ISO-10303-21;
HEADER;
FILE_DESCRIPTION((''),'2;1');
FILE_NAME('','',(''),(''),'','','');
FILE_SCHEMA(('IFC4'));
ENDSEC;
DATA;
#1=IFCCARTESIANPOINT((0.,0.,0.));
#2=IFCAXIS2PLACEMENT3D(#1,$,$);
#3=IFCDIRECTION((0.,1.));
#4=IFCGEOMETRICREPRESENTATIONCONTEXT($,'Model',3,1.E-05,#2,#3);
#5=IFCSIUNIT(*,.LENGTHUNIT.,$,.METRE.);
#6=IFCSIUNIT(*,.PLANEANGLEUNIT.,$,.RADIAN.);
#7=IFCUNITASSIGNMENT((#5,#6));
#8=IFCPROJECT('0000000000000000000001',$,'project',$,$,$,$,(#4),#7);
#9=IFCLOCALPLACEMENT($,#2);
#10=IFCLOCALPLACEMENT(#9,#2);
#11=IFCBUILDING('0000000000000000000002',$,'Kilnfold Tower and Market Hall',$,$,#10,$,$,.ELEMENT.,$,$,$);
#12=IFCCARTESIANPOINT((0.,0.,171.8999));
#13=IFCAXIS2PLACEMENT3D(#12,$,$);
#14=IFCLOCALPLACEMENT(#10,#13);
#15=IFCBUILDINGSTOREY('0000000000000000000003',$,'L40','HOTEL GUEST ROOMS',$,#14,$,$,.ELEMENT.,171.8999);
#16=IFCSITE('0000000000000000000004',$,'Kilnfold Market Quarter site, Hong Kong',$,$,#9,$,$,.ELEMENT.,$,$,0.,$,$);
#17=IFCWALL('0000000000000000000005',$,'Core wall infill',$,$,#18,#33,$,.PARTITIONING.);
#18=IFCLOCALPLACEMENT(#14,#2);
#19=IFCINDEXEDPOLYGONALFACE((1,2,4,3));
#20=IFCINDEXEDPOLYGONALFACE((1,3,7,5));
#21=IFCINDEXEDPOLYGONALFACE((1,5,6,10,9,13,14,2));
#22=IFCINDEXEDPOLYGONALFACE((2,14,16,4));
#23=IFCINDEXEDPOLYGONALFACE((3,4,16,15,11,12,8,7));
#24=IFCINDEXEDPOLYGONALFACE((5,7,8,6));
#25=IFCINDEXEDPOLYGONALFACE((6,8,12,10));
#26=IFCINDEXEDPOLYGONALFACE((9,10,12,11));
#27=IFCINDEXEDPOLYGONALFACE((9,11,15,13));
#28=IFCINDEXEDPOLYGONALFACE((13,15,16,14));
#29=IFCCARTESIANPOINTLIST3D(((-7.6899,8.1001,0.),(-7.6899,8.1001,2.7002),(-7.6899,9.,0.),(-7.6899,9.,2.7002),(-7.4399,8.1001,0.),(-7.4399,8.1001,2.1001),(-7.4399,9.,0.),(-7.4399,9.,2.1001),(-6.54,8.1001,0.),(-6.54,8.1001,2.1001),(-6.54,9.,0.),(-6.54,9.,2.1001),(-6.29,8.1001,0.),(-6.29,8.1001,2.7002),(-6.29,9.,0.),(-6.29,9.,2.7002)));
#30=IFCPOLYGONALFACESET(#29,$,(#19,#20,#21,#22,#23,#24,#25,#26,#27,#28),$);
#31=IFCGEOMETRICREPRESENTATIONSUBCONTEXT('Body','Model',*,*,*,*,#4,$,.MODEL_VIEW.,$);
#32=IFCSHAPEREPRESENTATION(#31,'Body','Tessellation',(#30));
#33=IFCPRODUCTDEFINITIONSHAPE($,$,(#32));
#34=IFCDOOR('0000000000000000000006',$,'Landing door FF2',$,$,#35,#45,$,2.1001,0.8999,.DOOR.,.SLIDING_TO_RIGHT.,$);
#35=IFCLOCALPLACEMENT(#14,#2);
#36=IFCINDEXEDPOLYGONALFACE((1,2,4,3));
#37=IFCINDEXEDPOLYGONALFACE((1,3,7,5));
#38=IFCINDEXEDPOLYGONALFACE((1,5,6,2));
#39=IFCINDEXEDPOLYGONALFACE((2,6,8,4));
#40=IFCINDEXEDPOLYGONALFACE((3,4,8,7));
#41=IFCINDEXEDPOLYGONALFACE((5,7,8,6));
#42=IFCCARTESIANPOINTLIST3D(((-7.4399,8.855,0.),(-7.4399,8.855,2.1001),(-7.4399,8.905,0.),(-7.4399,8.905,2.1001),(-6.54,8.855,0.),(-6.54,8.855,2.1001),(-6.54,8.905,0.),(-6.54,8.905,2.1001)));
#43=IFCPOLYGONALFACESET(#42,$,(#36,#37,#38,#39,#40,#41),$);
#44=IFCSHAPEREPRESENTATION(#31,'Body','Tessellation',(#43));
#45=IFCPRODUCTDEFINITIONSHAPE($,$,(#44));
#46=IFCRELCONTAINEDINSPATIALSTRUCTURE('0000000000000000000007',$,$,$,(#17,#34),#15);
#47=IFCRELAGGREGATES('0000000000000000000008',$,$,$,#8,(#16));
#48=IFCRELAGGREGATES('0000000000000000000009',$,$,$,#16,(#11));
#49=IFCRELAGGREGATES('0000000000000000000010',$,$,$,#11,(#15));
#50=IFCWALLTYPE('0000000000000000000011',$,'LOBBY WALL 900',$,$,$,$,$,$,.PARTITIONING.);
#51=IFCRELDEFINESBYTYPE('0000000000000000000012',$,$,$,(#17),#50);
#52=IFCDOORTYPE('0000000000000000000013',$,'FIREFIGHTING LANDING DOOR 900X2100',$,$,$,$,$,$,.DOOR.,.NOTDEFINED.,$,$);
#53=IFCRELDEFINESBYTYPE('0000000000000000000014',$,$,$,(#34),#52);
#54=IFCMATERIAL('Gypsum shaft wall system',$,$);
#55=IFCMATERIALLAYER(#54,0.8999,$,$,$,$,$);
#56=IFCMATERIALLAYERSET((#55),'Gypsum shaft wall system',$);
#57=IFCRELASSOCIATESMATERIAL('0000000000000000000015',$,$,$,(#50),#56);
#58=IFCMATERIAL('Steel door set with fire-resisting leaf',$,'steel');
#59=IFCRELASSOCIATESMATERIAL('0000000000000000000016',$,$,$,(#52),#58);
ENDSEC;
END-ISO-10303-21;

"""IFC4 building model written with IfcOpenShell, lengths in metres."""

from ifc_helpers import new_model, si_unit, direction, frame, frame_2d, origin, place, context, subcontext, project, spatial, rectangle, extrude, source, transform, mapped, material, layer, layer_set, type_object, element, fill, save


model = new_model("IFC4")

# Units and contexts
model_context = context("Model", 3, precision=1e-05, world=origin(), true_north=direction((0.0, 1.0)))
body_context = subcontext(model_context, "Body", "Model", "MODEL_VIEW")
ifc_project = project(units=[si_unit("LENGTHUNIT", "METRE"), si_unit("PLANEANGLEUNIT", "RADIAN")], contexts=[model_context])

# Site, building, storey
site_placement = place(None, origin())
site = spatial("IfcSite", under=ifc_project, at=site_placement, Name="Kilnfold Market Quarter site, Hong Kong", CompositionType="ELEMENT", RefElevation=0.0)
building_placement = place(site_placement, origin())
building = spatial("IfcBuilding", under=site, at=building_placement, Name="Kilnfold Tower and Market Hall", CompositionType="ELEMENT")
storey_placement = place(building_placement, frame((0.0, 0.0, 171.8999)))
storey = spatial("IfcBuildingStorey", under=building, at=storey_placement, Name="L40", Description="HOTEL GUEST ROOMS", CompositionType="ELEMENT", Elevation=171.8999)

# Wall, opening, door
ifc_material_1 = material(Name="Gypsum shaft wall system")
ifc_layer_1 = layer(ifc_material_1, 0.8999)
ifc_layer_set_1 = layer_set([ifc_layer_1], Name="Gypsum shaft wall system")
wall_type_1 = type_object("IfcWallType", Name="LOBBY WALL 900", PredefinedType="PARTITIONING", material=ifc_layer_set_1)
ifc_material_2 = material(Name="Steel door set with fire-resisting leaf", Category="steel")
door_type = type_object("IfcDoorType", Name="FIREFIGHTING LANDING DOOR 900X2100", OperationType="NOTDEFINED", PredefinedType="DOOR", material=ifc_material_2)
shared_shape_1 = source(origin(), body_context, "Body", "SweptSolid", [
    extrude(rectangle(XDim=1.3999, YDim=0.8999, at=frame_2d((0.7, 0.0))), origin(), (0.0, 0.0, 1.0), 2.7002),
])
wall_1_placement = place(storey_placement, frame((-7.6899, 8.55, 0.0), z_axis=(0.0, 0.0, 1.0), x_axis=(1.0, 0.0, 0.0)))
wall_1 = element("IfcWall", 1, at=wall_1_placement, inside=storey, type_object=wall_type_1, Name="Core wall infill", PredefinedType="PARTITIONING", context=body_context, shape_type="MappedRepresentation", body=[
    mapped(shared_shape_1, transform((0.0, 0.0, 0.0))),
])
opening_1_placement = place(wall_1_placement, frame((0.25, 0.0, 0.0)))
opening_1 = element("IfcOpeningElement", 2, at=opening_1_placement, cuts=wall_1, PredefinedType="OPENING", context=body_context, shape_type="SweptSolid", body=[
    extrude(rectangle(XDim=0.8999, YDim=2.1001, at=frame_2d((0.45, 1.05))), frame((0.0, 0.46, 0.0), z_axis=(0.0, -1.0, 0.0), x_axis=(1.0, 0.0, 0.0)), (0.0, 0.0, 1.0), 0.9199),
])
door_1_placement = place(opening_1_placement, origin())
door_1 = element("IfcDoor", 3, at=door_1_placement, inside=storey, type_object=door_type, Name="Landing door FF2", OperationType="SLIDING_TO_RIGHT", OverallHeight=2.1001, OverallWidth=0.8999, PredefinedType="DOOR", context=body_context, shape_type="SweptSolid", body=[
    extrude(rectangle(XDim=0.8999, YDim=2.1001, at=frame_2d((0.45, 1.05))), frame((0.0, 0.355, 0.0), z_axis=(0.0, -1.0, 0.0), x_axis=(1.0, 0.0, 0.0)), (0.0, 0.0, 1.0), 0.05),
])
fill(opening_1, door_1)

save(model, "model.ifc")
